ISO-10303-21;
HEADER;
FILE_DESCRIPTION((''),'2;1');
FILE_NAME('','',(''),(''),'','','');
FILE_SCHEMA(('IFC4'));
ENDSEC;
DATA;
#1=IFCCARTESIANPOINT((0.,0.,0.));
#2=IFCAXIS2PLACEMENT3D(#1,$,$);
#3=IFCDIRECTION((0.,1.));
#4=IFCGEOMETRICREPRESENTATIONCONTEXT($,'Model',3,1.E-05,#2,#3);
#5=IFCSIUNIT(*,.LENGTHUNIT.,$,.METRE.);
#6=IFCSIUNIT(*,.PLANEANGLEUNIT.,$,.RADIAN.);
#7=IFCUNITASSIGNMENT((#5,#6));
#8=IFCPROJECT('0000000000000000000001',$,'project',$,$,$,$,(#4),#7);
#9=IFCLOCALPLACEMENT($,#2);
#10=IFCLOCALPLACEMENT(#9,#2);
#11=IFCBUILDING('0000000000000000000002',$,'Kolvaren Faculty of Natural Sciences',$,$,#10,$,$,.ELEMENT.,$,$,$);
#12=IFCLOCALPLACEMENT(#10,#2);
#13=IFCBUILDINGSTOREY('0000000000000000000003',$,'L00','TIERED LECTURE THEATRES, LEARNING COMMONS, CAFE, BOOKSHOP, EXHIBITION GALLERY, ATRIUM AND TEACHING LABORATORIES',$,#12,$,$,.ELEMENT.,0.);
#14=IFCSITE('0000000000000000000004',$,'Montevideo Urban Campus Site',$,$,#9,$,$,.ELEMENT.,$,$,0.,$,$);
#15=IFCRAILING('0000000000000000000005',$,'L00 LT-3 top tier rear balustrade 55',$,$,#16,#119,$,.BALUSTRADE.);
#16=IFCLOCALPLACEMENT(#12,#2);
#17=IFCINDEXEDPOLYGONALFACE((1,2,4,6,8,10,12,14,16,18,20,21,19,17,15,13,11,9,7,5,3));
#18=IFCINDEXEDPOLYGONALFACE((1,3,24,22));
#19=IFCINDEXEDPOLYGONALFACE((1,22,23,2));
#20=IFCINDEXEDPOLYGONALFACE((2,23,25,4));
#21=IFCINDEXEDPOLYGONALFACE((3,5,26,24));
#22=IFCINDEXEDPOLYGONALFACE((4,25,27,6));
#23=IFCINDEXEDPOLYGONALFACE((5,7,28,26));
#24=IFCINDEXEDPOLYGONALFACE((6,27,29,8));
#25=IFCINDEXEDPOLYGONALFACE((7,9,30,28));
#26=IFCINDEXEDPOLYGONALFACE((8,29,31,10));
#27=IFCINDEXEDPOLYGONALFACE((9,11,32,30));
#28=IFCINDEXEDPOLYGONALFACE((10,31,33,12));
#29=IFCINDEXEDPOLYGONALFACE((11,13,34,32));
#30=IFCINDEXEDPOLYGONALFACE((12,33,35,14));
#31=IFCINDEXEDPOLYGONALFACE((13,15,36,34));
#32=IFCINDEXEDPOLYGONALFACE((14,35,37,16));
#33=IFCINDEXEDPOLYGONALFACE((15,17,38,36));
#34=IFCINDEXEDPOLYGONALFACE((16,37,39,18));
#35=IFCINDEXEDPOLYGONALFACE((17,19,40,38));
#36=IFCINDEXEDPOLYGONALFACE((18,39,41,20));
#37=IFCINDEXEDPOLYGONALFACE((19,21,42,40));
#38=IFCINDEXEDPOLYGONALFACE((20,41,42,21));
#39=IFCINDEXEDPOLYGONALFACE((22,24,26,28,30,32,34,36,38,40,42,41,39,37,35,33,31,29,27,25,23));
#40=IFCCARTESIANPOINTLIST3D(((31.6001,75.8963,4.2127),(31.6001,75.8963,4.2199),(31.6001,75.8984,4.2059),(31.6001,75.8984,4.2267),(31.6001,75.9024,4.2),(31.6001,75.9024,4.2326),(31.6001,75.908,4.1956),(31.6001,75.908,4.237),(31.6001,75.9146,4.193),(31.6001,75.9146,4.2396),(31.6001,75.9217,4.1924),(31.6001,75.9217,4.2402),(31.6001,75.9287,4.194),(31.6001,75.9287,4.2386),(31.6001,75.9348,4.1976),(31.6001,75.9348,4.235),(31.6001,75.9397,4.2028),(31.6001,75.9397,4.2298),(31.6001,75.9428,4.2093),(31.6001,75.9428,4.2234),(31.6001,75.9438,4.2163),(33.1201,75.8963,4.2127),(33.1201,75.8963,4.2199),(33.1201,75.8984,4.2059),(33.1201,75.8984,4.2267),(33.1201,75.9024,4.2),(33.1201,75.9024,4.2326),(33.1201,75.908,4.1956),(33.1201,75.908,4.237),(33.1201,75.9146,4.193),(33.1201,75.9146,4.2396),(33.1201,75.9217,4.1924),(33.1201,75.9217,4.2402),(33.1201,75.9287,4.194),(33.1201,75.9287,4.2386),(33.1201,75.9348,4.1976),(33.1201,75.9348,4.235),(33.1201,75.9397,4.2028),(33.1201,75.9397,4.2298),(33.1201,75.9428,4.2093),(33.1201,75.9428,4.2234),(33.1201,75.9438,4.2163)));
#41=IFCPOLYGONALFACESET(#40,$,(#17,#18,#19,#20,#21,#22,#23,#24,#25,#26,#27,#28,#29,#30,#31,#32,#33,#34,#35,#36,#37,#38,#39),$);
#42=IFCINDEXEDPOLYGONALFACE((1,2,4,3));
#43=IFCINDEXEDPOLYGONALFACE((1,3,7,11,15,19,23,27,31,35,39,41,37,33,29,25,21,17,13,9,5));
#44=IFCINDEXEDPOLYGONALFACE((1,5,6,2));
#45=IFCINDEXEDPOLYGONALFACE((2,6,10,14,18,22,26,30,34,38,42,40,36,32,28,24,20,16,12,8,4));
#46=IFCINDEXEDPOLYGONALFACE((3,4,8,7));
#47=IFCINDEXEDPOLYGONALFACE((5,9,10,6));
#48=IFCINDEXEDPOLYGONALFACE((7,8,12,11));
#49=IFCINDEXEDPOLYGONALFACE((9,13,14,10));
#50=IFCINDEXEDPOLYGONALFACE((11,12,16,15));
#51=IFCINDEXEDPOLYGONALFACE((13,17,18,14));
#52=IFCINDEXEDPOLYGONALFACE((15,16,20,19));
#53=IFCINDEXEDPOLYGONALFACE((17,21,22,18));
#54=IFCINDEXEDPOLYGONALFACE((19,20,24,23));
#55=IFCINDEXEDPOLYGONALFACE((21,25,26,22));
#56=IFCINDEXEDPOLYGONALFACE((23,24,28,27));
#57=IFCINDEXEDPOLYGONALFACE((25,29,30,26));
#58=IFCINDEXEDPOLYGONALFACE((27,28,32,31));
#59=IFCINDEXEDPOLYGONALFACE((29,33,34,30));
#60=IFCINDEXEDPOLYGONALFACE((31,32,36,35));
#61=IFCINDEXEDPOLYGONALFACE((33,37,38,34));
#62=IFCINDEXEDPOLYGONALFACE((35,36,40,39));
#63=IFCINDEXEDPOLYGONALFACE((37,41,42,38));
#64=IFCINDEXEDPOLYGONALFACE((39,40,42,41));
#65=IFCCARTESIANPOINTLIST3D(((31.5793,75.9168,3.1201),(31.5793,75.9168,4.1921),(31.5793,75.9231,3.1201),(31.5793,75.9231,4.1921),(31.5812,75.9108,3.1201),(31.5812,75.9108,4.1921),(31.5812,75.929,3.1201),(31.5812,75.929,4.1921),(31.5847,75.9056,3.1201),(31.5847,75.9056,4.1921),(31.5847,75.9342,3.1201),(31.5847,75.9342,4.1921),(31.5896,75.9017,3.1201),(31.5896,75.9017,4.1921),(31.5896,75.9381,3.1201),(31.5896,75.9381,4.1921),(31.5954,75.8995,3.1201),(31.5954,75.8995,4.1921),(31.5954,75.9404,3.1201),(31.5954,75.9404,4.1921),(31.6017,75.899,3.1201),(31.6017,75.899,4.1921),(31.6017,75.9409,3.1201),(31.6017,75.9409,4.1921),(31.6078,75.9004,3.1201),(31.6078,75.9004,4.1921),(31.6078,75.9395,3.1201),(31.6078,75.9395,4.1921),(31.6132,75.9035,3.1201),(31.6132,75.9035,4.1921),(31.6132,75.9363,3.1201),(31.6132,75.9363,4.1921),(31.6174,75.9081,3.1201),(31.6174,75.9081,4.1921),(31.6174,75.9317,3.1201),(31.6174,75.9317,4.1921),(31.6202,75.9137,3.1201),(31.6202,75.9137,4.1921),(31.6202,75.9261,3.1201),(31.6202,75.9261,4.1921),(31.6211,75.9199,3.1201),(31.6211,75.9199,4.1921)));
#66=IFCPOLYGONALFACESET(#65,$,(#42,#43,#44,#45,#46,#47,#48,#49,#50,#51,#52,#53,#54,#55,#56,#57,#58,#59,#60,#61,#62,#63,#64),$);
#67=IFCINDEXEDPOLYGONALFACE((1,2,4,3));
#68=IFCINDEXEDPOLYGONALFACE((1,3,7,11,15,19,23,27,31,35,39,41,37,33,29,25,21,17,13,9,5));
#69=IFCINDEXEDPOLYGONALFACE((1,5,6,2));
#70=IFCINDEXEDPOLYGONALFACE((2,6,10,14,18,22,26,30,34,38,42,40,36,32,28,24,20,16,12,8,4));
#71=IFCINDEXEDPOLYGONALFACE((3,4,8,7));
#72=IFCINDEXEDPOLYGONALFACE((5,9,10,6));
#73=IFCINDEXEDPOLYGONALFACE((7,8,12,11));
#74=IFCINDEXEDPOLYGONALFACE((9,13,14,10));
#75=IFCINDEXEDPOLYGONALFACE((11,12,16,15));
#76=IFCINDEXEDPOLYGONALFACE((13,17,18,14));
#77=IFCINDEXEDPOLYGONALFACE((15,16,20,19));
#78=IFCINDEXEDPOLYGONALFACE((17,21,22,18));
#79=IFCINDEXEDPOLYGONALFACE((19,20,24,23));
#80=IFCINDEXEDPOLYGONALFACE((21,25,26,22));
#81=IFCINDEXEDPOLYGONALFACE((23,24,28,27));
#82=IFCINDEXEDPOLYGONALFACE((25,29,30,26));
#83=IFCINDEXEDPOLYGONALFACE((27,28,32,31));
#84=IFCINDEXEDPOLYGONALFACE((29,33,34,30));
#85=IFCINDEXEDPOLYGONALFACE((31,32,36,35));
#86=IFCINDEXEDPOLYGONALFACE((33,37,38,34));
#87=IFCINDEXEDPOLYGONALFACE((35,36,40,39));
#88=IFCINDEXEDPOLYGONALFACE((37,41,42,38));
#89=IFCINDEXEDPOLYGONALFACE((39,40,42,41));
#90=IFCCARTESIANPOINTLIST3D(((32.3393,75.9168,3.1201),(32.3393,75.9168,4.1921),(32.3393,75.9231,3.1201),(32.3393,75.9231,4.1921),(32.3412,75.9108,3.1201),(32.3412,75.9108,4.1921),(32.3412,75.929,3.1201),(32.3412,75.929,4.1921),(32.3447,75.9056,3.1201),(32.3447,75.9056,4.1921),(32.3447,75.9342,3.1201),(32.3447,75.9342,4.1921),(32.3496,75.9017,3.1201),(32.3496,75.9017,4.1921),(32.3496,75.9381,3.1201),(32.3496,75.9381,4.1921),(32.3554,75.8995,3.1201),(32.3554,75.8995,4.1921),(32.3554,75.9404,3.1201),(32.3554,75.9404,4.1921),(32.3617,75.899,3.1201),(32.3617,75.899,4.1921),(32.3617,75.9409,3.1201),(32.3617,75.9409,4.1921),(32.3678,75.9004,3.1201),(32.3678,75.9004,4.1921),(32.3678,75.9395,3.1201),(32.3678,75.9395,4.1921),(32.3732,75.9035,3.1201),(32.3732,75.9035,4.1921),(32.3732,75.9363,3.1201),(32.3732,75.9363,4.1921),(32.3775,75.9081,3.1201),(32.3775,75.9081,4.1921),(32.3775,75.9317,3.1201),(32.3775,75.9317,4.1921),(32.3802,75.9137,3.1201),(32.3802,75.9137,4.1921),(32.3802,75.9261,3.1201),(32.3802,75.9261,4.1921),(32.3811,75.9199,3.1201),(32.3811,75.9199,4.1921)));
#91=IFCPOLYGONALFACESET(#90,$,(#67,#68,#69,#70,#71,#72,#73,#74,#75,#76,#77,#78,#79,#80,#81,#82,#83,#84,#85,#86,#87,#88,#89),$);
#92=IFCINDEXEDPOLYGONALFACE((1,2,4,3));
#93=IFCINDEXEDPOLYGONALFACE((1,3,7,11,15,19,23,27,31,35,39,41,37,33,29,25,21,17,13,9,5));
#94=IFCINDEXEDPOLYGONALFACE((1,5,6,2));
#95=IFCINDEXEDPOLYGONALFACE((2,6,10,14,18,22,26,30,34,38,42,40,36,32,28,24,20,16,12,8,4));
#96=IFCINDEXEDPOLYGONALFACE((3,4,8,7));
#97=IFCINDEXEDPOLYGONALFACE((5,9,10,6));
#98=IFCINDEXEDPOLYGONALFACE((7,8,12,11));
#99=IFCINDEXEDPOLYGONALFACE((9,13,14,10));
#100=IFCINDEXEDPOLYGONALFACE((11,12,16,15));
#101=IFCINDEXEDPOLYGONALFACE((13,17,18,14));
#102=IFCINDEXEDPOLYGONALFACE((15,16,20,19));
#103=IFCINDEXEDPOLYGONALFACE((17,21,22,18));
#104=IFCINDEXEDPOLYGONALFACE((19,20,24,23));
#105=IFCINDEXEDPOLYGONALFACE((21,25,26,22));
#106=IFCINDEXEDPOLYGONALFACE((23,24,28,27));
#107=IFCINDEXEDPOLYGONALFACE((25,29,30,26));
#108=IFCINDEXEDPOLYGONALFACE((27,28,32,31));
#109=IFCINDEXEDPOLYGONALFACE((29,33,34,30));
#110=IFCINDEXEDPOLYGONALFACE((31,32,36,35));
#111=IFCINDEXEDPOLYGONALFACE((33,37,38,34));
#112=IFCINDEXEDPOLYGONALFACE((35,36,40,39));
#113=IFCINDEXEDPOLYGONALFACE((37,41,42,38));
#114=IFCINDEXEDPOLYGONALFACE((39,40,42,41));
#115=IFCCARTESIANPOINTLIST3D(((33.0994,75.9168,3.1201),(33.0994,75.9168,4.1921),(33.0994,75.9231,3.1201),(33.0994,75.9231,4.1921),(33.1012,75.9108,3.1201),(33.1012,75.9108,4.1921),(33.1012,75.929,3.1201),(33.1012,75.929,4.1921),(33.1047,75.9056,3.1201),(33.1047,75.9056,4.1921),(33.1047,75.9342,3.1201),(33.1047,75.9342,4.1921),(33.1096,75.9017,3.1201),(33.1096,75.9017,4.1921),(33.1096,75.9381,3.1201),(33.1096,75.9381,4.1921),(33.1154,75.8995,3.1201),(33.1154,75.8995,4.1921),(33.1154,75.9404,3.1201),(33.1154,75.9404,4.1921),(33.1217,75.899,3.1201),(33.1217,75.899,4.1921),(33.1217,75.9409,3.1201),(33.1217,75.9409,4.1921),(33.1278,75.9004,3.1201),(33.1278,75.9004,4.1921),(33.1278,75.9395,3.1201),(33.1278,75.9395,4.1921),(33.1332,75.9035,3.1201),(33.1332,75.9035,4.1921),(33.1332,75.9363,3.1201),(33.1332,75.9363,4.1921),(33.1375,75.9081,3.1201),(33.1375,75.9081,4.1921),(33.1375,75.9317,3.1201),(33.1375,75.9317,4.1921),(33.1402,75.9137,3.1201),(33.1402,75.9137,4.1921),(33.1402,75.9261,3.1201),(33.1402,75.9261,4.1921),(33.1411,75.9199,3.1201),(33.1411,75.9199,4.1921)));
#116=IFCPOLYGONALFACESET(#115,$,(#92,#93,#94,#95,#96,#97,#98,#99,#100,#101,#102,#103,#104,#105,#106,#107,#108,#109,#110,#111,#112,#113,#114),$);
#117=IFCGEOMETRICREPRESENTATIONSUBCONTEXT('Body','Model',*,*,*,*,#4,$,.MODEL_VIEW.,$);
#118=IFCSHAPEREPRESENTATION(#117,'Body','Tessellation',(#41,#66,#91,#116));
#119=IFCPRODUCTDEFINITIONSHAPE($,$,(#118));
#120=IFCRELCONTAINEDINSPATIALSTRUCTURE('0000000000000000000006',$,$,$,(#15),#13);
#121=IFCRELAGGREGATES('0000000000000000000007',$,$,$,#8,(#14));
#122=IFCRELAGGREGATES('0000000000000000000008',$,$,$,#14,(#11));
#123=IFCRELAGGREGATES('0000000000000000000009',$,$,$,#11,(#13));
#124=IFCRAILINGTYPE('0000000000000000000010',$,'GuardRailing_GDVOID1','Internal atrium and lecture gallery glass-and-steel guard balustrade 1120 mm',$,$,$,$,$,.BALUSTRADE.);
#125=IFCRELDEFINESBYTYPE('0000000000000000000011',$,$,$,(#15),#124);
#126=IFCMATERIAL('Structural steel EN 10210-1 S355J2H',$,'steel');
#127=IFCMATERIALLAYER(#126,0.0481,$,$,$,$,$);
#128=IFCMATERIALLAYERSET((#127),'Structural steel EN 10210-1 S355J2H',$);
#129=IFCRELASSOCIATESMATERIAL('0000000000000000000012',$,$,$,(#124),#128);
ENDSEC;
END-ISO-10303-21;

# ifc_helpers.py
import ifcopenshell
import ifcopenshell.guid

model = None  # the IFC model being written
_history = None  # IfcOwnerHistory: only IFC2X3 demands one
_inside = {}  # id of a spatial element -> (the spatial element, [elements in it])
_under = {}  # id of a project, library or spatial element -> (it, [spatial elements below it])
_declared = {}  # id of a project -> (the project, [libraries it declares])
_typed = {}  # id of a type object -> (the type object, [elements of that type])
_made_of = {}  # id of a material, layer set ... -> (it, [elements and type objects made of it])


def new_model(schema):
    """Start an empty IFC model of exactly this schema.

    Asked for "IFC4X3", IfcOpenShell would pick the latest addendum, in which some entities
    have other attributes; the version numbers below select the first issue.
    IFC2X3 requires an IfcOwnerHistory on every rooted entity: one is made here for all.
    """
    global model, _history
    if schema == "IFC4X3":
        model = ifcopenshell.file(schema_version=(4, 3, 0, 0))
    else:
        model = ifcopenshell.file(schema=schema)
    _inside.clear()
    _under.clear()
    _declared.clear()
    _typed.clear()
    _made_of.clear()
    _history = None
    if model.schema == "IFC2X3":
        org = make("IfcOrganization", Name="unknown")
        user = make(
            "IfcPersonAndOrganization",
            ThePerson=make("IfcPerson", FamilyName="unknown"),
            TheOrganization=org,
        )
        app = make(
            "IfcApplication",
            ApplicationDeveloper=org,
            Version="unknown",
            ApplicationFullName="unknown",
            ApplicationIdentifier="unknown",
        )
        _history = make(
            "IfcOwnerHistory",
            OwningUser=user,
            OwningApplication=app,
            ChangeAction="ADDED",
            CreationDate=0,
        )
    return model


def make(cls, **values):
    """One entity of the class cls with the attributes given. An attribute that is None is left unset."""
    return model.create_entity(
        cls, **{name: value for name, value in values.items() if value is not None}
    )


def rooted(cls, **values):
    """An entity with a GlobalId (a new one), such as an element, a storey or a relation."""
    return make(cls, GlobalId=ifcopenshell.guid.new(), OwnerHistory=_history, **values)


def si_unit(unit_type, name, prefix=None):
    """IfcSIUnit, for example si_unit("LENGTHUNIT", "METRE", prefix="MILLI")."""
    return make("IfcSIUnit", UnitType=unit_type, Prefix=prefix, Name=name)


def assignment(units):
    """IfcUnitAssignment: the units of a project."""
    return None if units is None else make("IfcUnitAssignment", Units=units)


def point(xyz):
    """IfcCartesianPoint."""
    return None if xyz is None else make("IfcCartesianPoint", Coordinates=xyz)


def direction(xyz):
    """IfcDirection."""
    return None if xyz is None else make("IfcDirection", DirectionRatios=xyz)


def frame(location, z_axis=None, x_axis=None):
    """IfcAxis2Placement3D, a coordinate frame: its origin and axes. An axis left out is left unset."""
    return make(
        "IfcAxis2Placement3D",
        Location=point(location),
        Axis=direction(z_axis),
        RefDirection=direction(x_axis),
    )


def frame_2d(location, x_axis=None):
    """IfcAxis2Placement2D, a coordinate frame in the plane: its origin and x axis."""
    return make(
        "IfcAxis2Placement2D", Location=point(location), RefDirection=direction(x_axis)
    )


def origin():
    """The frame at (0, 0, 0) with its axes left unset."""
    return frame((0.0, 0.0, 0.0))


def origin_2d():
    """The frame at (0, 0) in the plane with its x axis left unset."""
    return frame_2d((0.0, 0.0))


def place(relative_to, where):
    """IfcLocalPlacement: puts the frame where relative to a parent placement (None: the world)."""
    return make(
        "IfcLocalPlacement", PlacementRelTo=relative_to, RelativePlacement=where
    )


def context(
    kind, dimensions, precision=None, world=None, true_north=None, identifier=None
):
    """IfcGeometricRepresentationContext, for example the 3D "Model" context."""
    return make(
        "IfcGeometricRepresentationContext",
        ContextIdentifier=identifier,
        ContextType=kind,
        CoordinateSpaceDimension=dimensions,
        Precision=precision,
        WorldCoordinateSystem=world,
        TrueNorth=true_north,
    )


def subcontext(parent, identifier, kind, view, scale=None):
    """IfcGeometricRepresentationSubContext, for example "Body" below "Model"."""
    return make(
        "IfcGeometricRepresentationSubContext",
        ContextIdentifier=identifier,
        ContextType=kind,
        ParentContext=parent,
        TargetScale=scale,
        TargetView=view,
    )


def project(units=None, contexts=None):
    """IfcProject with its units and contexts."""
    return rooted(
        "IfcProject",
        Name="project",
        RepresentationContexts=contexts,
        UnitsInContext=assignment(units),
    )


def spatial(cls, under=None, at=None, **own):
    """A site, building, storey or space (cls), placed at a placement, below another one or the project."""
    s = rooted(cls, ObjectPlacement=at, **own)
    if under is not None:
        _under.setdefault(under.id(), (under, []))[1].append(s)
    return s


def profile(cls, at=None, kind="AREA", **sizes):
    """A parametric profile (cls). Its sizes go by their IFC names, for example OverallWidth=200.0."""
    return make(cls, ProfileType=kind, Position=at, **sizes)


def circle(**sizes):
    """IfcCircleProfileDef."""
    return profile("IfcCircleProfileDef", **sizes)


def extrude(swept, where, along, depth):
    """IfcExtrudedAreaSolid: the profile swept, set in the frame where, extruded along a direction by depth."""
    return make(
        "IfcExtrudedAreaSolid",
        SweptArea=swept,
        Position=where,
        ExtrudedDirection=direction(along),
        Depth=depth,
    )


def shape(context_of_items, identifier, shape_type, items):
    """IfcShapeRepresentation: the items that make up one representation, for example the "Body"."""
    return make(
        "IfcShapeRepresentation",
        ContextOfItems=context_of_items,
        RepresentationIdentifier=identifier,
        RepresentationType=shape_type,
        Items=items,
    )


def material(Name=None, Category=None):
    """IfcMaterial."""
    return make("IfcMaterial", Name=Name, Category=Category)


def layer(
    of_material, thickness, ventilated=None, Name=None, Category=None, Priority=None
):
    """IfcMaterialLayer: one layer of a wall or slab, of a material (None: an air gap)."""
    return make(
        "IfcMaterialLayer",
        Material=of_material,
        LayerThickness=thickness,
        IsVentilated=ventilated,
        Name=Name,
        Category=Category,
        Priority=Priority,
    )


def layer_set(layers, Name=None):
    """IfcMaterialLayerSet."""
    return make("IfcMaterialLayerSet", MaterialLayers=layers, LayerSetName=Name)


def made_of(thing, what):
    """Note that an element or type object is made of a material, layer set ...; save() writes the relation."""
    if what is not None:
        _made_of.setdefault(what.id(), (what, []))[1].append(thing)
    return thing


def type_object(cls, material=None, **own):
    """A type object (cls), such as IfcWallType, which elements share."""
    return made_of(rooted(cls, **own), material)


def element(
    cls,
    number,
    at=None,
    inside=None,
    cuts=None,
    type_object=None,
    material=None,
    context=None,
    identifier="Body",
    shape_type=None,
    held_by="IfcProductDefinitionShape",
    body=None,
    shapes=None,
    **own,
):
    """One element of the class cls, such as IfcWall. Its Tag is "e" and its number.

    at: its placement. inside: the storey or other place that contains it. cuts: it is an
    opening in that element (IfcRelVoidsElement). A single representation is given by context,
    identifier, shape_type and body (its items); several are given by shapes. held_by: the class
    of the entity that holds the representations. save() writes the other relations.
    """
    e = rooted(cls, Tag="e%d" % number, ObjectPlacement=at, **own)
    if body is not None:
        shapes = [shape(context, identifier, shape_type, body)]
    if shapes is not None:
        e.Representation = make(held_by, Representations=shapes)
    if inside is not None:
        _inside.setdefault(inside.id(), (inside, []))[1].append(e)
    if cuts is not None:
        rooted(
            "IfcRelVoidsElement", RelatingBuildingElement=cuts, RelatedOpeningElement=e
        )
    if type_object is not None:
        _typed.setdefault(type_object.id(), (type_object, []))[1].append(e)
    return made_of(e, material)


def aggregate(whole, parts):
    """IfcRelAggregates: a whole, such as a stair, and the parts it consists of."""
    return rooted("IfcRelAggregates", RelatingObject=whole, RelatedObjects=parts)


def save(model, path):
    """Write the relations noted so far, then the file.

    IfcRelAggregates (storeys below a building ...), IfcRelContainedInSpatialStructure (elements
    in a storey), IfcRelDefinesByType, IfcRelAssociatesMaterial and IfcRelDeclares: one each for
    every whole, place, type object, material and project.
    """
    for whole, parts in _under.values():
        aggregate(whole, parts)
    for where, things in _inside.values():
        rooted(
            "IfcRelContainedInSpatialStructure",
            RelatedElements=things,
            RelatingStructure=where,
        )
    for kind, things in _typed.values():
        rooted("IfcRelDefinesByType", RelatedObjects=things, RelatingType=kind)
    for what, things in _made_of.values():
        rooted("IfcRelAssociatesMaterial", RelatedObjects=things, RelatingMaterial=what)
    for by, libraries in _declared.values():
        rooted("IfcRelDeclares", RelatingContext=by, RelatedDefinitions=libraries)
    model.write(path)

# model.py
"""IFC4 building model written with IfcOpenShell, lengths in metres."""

from ifc_helpers import new_model, si_unit, direction, frame, origin, origin_2d, place, context, subcontext, project, spatial, circle, extrude, material, layer, layer_set, type_object, element, save


model = new_model("IFC4")

# Units and contexts
model_context = context("Model", 3, precision=1e-05, world=origin(), true_north=direction((0.0, 1.0)))
body_context = subcontext(model_context, "Body", "Model", "MODEL_VIEW")
ifc_project = project(units=[si_unit("LENGTHUNIT", "METRE"), si_unit("PLANEANGLEUNIT", "RADIAN")], contexts=[model_context])

# Site, building, storey
site_placement = place(None, origin())
site = spatial("IfcSite", under=ifc_project, at=site_placement, Name="Montevideo Urban Campus Site", CompositionType="ELEMENT", RefElevation=0.0)
building_placement = place(site_placement, origin())
building = spatial("IfcBuilding", under=site, at=building_placement, Name="Kolvaren Faculty of Natural Sciences", CompositionType="ELEMENT")
storey_placement = place(building_placement, origin())
storey = spatial("IfcBuildingStorey", under=building, at=storey_placement, Name="L00", Description="TIERED LECTURE THEATRES, LEARNING COMMONS, CAFE, BOOKSHOP, EXHIBITION GALLERY, ATRIUM AND TEACHING LABORATORIES", CompositionType="ELEMENT", Elevation=0.0)

# Railing
ifc_material_1 = material(Name="Structural steel EN 10210-1 S355J2H", Category="steel")
ifc_layer_1 = layer(ifc_material_1, 0.0481)
ifc_layer_set_1 = layer_set([ifc_layer_1], Name="Structural steel EN 10210-1 S355J2H")
railing_type = type_object("IfcRailingType", Name="GuardRailing_GDVOID1", Description="Internal atrium and lecture gallery glass-and-steel guard balustrade 1120 mm", PredefinedType="BALUSTRADE", material=ifc_layer_set_1)
railing_1_placement = place(storey_placement, frame((31.6001, 75.9199, 3.1201)))
element("IfcRailing", 1, at=railing_1_placement, inside=storey, type_object=railing_type, Name="L00 LT-3 top tier rear balustrade 55", PredefinedType="BALUSTRADE", context=body_context, shape_type="SweptSolid", body=[
    extrude(circle(Radius=0.0239, at=origin_2d()), frame((0.0, 0.0, 1.0962), z_axis=(1.0, 0.0, 0.0), x_axis=(0.0, 1.0, 0.0)), (0.0, 0.0, 1.0), 1.52),
    extrude(circle(Radius=0.021, at=origin_2d()), origin(), (0.0, 0.0, 1.0), 1.072),
    extrude(circle(Radius=0.021, at=origin_2d()), frame((0.76, 0.0, 0.0)), (0.0, 0.0, 1.0), 1.072),
    extrude(circle(Radius=0.021, at=origin_2d()), frame((1.52, 0.0, 0.0)), (0.0, 0.0, 1.0), 1.072),
])

save(model, "model.ifc")
